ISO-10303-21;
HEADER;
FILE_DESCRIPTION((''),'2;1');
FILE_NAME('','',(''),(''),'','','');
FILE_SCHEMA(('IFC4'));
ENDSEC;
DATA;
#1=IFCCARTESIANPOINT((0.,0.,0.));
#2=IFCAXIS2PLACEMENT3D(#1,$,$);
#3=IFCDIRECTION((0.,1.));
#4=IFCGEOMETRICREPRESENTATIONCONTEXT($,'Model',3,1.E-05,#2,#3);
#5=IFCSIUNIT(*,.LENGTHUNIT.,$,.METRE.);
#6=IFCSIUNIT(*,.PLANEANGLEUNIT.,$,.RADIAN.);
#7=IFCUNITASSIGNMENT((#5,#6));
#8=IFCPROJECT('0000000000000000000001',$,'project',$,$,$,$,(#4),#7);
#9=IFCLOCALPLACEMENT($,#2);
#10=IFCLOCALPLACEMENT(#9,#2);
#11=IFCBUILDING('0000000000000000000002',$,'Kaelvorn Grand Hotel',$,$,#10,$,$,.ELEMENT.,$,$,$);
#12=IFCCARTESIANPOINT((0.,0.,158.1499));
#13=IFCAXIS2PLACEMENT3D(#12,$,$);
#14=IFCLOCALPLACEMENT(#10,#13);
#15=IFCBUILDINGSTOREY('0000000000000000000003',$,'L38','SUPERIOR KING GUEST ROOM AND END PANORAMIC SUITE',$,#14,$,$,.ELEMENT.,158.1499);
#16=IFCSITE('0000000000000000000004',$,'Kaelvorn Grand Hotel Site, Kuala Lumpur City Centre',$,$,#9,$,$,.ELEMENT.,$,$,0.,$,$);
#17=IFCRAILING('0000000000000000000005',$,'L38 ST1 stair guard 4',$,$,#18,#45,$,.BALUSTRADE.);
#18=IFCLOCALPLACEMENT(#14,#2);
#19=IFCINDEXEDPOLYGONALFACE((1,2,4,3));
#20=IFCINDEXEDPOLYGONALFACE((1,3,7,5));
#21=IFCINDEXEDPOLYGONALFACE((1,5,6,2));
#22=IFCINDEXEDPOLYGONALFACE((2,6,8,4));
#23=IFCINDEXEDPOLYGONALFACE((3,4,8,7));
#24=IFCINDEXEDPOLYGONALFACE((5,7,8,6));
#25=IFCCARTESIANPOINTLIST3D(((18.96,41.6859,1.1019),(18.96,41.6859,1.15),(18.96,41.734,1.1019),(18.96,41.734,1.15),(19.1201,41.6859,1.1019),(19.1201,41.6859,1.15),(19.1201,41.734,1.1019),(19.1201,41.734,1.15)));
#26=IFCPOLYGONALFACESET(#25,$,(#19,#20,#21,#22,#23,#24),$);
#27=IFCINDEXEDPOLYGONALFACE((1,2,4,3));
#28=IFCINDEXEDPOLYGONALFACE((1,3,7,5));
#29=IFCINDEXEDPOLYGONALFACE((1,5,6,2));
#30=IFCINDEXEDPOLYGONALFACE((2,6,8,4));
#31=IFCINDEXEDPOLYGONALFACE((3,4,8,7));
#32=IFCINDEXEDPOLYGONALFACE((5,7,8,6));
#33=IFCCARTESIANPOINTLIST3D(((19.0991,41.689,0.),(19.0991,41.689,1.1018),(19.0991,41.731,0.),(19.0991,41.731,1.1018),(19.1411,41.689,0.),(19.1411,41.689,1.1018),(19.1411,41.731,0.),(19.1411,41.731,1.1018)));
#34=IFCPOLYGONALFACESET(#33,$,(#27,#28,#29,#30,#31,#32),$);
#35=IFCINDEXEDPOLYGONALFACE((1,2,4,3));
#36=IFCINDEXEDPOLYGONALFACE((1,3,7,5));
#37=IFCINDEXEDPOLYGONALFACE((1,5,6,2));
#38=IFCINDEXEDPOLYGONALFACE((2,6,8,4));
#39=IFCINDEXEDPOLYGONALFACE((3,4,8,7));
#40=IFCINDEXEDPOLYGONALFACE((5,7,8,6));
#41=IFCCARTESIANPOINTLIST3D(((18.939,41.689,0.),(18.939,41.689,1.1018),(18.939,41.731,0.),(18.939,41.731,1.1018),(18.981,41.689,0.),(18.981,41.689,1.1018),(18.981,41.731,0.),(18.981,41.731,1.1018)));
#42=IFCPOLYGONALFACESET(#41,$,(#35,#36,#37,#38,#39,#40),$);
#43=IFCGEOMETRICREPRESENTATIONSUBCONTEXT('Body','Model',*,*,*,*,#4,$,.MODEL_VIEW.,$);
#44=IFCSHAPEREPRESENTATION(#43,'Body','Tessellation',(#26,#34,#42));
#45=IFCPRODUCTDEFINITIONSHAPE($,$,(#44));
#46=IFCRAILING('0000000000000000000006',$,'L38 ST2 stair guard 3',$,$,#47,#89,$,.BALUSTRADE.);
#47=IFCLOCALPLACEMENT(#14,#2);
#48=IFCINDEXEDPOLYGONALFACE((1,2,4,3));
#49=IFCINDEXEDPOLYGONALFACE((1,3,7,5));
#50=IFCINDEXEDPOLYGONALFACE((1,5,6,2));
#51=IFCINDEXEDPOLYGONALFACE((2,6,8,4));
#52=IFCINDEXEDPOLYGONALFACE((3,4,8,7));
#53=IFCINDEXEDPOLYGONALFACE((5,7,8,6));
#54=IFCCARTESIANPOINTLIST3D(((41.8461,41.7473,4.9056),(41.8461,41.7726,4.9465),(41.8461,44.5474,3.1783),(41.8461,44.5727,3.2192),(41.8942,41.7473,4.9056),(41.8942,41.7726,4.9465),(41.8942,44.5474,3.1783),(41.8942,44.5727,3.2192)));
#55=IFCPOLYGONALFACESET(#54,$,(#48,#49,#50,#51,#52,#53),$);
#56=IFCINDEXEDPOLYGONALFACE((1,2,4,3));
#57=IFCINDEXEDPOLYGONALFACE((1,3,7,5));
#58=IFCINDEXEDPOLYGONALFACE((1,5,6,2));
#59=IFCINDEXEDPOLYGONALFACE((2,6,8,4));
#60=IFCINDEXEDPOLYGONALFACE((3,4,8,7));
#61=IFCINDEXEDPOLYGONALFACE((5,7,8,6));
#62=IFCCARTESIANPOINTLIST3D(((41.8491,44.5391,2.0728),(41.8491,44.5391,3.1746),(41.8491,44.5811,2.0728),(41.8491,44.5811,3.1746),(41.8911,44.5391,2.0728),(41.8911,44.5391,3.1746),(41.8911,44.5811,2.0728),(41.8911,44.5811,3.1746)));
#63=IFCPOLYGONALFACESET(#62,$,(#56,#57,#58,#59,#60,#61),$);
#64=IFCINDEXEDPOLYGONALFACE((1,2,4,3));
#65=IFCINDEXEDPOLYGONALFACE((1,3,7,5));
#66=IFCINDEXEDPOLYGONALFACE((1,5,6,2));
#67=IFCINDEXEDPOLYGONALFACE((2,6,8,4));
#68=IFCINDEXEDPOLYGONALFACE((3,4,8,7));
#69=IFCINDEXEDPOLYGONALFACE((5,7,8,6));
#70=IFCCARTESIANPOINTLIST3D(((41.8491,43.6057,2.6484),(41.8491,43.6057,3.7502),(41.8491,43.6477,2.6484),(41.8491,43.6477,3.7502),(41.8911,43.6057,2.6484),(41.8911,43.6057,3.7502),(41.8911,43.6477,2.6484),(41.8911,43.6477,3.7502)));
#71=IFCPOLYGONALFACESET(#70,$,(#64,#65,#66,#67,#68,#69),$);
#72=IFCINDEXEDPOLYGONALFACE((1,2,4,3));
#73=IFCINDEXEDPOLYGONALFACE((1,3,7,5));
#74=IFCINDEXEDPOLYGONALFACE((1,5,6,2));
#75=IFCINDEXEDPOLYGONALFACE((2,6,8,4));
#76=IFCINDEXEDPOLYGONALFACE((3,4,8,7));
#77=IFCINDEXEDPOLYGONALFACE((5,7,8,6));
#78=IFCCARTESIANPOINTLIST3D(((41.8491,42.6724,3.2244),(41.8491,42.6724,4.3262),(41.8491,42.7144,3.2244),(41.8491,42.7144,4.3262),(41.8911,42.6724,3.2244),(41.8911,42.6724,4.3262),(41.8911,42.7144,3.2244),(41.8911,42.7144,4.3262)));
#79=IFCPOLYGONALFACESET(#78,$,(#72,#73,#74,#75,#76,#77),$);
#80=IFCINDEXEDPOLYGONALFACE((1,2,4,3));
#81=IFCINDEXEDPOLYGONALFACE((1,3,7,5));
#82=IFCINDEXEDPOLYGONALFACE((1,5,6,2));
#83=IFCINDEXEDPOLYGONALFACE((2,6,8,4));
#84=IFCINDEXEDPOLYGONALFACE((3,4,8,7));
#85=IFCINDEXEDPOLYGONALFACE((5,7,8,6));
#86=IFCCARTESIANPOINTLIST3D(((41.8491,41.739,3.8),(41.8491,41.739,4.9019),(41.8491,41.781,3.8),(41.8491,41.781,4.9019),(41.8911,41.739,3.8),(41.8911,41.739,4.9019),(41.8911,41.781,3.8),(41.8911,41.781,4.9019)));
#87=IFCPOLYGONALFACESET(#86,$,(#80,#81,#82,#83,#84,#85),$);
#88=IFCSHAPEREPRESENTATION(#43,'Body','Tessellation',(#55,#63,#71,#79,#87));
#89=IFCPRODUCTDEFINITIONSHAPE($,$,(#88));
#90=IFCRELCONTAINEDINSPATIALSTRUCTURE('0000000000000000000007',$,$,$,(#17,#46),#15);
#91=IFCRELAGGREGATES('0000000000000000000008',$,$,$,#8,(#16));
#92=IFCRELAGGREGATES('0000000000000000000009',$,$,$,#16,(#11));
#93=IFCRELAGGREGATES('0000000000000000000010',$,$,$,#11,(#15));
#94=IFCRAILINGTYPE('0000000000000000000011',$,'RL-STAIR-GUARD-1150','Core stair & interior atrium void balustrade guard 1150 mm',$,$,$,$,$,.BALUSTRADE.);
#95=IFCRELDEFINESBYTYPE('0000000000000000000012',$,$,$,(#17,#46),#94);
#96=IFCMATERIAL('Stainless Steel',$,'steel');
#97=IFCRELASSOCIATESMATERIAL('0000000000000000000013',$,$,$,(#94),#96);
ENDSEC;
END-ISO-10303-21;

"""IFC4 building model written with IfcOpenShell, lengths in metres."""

from ifc_helpers import new_model, si_unit, direction, frame, origin, origin_2d, place, context, subcontext, project, spatial, rectangle, extrude, material, type_object, element, save


model = new_model("IFC4")

# Units and contexts
model_context = context("Model", 3, precision=1e-05, world=origin(), true_north=direction((0.0, 1.0)))
body_context = subcontext(model_context, "Body", "Model", "MODEL_VIEW")
ifc_project = project(units=[si_unit("LENGTHUNIT", "METRE"), si_unit("PLANEANGLEUNIT", "RADIAN")], contexts=[model_context])

# Site, building, storey
site_placement = place(None, origin())
site = spatial("IfcSite", under=ifc_project, at=site_placement, Name="Kaelvorn Grand Hotel Site, Kuala Lumpur City Centre", CompositionType="ELEMENT", RefElevation=0.0)
building_placement = place(site_placement, origin())
building = spatial("IfcBuilding", under=site, at=building_placement, Name="Kaelvorn Grand Hotel", CompositionType="ELEMENT")
storey_placement = place(building_placement, frame((0.0, 0.0, 158.1499)))
storey = spatial("IfcBuildingStorey", under=building, at=storey_placement, Name="L38", Description="SUPERIOR KING GUEST ROOM AND END PANORAMIC SUITE", CompositionType="ELEMENT", Elevation=158.1499)

# Railings
ifc_material_1 = material(Name="Stainless Steel", Category="steel")
railing_type_1 = type_object("IfcRailingType", Name="RL-STAIR-GUARD-1150", Description="Core stair & interior atrium void balustrade guard 1150 mm", PredefinedType="BALUSTRADE", material=ifc_material_1)
for number, where, name in (
    (1, (19.1201, 41.71, 0.0), "L38 ST1 stair guard 4"),
):
    element("IfcRailing", number, at=place(storey_placement, frame(where)), inside=storey, type_object=railing_type_1, Name=name, PredefinedType="BALUSTRADE", context=body_context, shape_type="SweptSolid", body=[
        extrude(rectangle(XDim=0.0481, YDim=0.0481, at=origin_2d()), frame((0.0, 0.0, 1.126), z_axis=(-1.0, 0.0, 0.0), x_axis=(0.0, -1.0, 0.0)), (0.0, 0.0, 1.0), 0.1602),
        extrude(rectangle(XDim=0.042, YDim=0.042, at=origin_2d()), origin(), (0.0, 0.0, 1.0), 1.1018),
        extrude(rectangle(XDim=0.042, YDim=0.042, at=origin_2d()), frame((-0.1602, 0.0, 0.0)), (0.0, 0.0, 1.0), 1.1018),
    ])
railing_1_placement = place(storey_placement, frame((41.8701, 44.5601, 2.0728)))
element("IfcRailing", 2, at=railing_1_placement, inside=storey, type_object=railing_type_1, Name="L38 ST2 stair guard 3", PredefinedType="BALUSTRADE", context=body_context, shape_type="SweptSolid", body=[
    extrude(rectangle(XDim=0.0481, YDim=0.0481, at=origin_2d()), frame((0.0, 0.0, 1.126), z_axis=(0.0, -0.85109, 0.52502), x_axis=(1.0, 0.0, 0.0)), (0.0, 0.0, 1.0), 3.29),
    extrude(rectangle(XDim=0.042, YDim=0.042, at=origin_2d()), origin(), (0.0, 0.0, 1.0), 1.1018),
    extrude(rectangle(XDim=0.042, YDim=0.042, at=origin_2d()), frame((0.0, -0.9333, 0.5757)), (0.0, 0.0, 1.0), 1.1018),
    extrude(rectangle(XDim=0.042, YDim=0.042, at=origin_2d()), frame((0.0, -1.8667, 1.1516)), (0.0, 0.0, 1.0), 1.1018),
    extrude(rectangle(XDim=0.042, YDim=0.042, at=origin_2d()), frame((0.0, -2.8, 1.7273)), (0.0, 0.0, 1.0), 1.1018),
])

save(model, "model.ifc")
